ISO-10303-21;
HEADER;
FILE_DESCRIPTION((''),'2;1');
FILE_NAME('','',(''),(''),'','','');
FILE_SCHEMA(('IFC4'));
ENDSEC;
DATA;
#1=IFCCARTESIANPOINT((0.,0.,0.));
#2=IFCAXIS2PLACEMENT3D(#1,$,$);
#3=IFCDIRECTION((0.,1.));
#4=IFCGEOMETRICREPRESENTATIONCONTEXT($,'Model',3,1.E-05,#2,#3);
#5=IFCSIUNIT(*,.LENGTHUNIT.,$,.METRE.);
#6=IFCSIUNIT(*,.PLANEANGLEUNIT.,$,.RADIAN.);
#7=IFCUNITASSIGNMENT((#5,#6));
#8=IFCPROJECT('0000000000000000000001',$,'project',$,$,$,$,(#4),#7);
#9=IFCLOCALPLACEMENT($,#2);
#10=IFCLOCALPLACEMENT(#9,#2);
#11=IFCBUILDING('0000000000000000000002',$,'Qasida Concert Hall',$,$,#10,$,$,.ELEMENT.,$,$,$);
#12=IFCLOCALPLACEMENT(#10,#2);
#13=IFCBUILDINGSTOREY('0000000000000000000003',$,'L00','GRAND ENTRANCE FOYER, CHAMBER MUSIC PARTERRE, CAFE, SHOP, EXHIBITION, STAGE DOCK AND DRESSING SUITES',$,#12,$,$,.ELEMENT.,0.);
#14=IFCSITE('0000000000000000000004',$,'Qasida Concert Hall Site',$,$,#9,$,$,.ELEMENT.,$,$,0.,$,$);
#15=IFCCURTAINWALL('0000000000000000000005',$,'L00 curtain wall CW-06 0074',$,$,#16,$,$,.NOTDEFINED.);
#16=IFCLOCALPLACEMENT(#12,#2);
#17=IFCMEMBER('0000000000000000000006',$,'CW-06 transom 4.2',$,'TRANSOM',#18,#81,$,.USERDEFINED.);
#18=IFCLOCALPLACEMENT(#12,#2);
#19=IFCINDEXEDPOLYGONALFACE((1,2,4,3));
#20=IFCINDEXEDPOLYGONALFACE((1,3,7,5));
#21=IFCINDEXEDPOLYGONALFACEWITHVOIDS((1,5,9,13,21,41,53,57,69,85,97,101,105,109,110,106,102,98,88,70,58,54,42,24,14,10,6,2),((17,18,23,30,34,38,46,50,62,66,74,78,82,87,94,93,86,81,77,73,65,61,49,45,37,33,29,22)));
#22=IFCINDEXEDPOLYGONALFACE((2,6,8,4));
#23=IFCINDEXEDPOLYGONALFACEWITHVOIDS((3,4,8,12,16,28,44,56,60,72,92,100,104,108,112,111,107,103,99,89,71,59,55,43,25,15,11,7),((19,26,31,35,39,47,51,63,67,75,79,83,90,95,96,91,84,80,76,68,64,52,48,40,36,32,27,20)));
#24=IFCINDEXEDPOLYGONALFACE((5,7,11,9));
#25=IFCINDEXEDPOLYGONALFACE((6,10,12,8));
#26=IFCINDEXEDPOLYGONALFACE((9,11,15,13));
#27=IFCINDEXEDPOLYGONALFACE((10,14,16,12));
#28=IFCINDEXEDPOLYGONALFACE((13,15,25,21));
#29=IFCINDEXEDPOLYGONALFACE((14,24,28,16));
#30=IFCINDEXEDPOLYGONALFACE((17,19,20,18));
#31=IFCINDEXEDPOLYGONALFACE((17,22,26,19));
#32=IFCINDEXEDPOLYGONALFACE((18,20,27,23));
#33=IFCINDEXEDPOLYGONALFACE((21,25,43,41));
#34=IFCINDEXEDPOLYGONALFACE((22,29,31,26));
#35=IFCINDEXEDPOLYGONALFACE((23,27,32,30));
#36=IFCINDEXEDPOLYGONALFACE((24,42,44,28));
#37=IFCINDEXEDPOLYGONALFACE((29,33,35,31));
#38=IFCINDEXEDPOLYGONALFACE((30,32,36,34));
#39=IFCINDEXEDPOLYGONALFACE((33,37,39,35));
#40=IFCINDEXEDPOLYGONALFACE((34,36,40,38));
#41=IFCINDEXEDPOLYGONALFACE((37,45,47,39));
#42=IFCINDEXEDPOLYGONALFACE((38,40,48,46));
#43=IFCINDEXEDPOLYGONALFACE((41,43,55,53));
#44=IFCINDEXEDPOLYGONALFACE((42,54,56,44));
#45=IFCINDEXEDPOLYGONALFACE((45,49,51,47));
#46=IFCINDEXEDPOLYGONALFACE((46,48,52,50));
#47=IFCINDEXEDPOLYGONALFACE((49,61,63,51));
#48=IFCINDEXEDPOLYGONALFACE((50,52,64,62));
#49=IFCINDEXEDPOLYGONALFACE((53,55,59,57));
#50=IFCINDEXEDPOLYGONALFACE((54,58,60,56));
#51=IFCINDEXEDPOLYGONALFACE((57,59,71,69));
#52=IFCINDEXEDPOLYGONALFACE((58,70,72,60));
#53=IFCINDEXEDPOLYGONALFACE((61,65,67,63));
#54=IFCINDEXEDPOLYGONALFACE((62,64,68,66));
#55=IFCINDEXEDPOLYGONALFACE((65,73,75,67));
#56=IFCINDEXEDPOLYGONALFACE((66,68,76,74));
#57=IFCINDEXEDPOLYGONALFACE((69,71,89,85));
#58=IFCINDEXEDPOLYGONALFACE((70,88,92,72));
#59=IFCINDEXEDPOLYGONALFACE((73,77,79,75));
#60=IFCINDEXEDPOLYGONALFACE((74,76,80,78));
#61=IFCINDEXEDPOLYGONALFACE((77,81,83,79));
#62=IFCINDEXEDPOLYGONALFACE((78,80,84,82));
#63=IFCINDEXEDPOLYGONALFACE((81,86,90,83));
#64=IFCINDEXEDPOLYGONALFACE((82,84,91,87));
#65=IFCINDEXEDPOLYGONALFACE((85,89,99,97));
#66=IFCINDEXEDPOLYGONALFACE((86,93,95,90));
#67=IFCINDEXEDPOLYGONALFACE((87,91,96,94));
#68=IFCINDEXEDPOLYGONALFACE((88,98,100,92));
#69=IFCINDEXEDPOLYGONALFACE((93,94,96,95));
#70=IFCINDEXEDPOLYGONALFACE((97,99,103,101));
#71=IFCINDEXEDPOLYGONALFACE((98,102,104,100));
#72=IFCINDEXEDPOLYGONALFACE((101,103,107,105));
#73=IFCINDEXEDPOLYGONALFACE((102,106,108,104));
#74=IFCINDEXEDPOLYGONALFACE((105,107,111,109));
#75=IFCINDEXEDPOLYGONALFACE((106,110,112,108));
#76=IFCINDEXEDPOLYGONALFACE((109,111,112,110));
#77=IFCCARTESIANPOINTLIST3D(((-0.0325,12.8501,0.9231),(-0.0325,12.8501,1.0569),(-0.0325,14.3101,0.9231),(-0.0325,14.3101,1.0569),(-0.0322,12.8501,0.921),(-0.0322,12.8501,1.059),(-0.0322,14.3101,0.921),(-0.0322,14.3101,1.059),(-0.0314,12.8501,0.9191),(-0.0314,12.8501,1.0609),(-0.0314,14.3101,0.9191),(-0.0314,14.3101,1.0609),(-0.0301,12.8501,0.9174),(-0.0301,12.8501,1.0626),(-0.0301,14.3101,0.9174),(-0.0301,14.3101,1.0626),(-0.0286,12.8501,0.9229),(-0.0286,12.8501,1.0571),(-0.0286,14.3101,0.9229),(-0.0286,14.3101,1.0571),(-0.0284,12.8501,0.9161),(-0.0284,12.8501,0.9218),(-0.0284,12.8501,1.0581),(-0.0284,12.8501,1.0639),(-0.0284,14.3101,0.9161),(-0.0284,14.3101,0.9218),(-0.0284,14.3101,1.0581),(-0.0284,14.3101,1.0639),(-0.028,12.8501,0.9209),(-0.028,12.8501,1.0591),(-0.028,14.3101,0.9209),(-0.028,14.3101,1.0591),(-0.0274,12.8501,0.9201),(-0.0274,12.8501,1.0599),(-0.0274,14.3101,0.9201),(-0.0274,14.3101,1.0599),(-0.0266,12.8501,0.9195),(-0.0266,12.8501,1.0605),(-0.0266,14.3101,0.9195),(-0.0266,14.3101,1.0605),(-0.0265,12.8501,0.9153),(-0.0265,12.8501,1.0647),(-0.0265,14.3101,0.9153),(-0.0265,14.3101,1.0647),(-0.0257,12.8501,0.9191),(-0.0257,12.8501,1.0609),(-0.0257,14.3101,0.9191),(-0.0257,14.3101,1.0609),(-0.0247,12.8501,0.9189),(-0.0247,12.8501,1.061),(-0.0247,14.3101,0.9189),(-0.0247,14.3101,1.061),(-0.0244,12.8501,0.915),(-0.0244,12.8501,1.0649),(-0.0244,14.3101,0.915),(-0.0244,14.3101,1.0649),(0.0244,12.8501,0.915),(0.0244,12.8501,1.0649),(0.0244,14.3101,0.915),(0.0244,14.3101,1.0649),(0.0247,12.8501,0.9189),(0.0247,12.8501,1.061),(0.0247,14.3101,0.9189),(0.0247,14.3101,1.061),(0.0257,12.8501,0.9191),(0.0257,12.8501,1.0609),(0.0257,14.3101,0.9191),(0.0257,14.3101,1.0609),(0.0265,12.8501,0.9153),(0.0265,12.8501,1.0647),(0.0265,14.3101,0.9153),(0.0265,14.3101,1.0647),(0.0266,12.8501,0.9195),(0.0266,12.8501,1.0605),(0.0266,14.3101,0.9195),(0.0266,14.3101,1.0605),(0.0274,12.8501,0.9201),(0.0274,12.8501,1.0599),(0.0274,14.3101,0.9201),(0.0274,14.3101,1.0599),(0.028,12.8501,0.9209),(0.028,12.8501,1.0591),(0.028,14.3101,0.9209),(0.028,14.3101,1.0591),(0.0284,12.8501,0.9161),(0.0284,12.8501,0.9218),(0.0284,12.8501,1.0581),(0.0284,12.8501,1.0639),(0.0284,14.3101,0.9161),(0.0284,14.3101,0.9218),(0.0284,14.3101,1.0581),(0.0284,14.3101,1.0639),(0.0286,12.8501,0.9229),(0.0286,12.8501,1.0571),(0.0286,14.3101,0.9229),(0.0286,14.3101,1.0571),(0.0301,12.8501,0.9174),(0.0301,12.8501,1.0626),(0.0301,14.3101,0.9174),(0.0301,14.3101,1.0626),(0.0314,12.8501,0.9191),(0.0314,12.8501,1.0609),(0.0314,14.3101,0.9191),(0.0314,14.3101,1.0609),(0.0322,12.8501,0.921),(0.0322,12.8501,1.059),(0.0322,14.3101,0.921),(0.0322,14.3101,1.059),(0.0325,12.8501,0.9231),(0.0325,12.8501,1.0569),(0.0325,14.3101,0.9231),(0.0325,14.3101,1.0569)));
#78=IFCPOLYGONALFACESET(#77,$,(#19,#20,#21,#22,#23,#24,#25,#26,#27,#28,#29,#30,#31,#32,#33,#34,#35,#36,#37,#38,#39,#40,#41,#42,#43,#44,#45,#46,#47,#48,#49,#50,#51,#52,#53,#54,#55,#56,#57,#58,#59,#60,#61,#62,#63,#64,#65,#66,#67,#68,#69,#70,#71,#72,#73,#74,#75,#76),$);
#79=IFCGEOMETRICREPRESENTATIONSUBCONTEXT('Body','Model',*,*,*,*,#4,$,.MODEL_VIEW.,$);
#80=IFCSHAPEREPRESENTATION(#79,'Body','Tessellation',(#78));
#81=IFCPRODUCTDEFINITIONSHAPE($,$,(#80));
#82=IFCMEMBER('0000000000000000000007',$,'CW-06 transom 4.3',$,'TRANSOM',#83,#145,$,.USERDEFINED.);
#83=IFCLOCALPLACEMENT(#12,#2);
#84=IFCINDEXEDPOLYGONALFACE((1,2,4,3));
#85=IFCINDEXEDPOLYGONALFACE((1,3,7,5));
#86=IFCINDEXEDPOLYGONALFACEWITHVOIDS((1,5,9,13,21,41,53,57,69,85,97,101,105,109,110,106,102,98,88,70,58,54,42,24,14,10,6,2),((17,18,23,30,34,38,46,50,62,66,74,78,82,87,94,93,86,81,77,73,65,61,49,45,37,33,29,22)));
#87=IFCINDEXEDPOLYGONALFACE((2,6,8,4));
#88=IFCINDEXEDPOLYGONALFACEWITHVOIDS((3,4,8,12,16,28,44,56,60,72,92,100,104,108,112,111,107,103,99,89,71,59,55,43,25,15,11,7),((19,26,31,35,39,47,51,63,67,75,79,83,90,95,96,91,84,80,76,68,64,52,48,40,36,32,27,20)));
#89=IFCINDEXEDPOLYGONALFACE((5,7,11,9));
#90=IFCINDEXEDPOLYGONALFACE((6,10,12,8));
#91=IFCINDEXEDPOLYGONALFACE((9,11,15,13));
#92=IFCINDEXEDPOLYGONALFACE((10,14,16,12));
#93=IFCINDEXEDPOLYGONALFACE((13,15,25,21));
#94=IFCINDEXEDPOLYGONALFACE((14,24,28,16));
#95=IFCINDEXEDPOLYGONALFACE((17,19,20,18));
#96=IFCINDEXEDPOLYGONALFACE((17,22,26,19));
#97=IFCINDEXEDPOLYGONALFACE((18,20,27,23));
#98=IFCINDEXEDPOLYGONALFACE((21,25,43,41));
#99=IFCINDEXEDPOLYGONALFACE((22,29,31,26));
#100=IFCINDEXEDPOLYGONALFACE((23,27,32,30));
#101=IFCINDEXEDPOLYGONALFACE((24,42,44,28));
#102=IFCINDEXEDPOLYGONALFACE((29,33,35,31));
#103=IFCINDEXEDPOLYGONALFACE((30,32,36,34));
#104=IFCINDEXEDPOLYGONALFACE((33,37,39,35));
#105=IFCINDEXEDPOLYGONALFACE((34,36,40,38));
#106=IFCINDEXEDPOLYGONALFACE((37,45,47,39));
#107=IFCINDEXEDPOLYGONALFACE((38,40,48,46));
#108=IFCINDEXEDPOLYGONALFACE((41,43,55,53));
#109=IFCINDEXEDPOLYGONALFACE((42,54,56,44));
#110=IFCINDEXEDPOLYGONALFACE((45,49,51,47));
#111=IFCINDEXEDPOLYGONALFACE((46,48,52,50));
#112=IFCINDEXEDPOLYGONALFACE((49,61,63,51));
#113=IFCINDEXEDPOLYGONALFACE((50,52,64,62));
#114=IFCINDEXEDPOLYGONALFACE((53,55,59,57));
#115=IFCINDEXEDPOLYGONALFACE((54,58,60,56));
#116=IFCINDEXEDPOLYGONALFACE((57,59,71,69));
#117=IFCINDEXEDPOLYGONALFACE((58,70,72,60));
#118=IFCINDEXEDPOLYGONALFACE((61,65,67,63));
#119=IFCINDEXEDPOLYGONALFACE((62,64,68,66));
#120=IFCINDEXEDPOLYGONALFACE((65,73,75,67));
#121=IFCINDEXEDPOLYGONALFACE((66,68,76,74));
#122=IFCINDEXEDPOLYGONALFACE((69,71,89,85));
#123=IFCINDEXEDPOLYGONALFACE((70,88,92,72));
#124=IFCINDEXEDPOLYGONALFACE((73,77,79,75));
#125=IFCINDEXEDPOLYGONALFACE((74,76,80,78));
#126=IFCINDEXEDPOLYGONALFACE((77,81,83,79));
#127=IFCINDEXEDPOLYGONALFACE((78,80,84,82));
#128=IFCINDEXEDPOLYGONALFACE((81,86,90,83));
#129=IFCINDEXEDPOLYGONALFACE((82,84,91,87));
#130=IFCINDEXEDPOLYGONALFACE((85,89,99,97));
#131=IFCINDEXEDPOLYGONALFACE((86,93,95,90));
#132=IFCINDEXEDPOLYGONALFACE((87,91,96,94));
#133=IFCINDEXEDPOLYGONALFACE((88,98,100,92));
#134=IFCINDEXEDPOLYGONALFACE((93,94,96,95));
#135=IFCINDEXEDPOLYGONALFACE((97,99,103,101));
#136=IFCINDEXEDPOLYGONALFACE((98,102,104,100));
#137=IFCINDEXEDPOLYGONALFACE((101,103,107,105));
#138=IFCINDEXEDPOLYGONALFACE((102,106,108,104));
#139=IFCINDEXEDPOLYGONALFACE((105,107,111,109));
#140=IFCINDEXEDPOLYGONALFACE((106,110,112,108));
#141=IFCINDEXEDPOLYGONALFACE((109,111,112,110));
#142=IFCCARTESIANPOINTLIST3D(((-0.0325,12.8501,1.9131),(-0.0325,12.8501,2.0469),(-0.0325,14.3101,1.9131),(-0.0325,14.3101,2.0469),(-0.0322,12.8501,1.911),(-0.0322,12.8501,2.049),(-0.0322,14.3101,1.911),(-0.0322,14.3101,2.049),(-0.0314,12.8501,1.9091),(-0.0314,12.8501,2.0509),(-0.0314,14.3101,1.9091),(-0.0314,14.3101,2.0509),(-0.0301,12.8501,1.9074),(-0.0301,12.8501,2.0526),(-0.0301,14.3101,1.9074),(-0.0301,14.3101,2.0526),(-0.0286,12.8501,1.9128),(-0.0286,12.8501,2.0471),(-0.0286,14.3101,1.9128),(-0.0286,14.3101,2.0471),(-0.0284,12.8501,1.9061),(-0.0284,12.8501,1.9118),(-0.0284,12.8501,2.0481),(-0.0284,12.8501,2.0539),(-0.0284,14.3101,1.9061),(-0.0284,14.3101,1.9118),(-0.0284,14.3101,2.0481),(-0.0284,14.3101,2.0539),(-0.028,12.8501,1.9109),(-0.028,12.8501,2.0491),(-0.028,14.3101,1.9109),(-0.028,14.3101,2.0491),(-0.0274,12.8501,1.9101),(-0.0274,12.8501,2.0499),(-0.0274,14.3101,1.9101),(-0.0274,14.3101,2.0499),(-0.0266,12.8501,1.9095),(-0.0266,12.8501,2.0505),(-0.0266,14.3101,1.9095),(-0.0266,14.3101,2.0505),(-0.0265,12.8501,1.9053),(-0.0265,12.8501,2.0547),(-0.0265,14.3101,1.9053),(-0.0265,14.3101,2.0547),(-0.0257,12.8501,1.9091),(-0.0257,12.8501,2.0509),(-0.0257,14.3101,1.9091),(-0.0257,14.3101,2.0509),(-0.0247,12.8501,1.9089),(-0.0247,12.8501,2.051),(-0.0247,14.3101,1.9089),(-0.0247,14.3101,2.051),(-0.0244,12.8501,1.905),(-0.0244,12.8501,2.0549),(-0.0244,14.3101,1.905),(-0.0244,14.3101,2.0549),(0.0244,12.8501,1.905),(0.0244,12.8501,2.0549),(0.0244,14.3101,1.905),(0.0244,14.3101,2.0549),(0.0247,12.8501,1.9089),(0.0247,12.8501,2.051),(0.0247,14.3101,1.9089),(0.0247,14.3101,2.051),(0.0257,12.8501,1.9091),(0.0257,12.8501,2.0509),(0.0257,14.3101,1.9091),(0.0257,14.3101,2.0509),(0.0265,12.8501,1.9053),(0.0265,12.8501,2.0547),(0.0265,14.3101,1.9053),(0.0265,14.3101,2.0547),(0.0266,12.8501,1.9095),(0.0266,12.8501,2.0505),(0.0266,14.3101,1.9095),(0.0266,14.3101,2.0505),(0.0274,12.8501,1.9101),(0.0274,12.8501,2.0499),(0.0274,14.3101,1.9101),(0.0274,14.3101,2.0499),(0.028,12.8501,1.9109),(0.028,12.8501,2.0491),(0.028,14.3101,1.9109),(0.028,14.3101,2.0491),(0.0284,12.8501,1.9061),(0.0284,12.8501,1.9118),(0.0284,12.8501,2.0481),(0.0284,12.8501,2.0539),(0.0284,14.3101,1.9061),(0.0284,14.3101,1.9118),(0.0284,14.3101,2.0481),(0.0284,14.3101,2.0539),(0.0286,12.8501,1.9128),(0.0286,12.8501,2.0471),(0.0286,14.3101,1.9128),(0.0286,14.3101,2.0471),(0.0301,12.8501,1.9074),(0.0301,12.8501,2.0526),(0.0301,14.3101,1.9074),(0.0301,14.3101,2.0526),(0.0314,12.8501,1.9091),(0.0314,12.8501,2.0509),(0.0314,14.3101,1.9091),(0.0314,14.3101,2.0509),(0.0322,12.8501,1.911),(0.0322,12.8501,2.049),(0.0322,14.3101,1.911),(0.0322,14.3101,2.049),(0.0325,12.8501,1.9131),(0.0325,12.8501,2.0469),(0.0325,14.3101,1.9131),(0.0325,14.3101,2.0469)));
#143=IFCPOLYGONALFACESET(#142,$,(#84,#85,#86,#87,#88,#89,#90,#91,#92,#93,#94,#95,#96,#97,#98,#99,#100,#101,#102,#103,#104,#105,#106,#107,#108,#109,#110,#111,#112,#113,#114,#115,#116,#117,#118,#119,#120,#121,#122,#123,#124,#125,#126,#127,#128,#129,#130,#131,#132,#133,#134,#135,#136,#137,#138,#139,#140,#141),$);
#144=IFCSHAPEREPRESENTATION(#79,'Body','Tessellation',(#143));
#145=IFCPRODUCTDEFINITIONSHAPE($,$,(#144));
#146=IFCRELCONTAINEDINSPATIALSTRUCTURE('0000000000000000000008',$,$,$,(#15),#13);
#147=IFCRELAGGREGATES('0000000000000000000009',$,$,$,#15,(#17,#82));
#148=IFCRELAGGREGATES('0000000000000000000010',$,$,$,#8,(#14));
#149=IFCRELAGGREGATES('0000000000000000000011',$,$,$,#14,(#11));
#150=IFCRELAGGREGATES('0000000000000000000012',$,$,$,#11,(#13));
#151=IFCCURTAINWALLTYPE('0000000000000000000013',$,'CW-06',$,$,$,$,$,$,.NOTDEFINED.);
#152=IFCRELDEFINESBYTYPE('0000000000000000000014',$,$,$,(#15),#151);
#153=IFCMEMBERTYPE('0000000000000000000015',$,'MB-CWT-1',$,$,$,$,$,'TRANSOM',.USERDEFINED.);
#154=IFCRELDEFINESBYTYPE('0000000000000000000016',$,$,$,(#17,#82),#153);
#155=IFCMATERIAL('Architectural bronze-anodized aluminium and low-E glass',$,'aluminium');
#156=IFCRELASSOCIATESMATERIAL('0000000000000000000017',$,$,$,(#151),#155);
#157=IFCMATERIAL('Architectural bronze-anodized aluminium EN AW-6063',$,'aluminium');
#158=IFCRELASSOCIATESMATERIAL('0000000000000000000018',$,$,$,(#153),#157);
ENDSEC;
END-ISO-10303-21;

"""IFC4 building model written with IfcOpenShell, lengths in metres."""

from ifc_helpers import new_model, si_unit, direction, frame, origin, origin_2d, place, context, subcontext, project, spatial, hollow_rectangle, extrude, material, material_profile, profile_set, type_object, element, aggregate, save


model = new_model("IFC4")

# Units and contexts
model_context = context("Model", 3, precision=1e-05, world=origin(), true_north=direction((0.0, 1.0)))
body_context = subcontext(model_context, "Body", "Model", "MODEL_VIEW")
ifc_project = project(units=[si_unit("LENGTHUNIT", "METRE"), si_unit("PLANEANGLEUNIT", "RADIAN")], contexts=[model_context])

# Site, building, storey
site_placement = place(None, origin())
site = spatial("IfcSite", under=ifc_project, at=site_placement, Name="Qasida Concert Hall Site", CompositionType="ELEMENT", RefElevation=0.0)
building_placement = place(site_placement, origin())
building = spatial("IfcBuilding", under=site, at=building_placement, Name="Qasida Concert Hall", CompositionType="ELEMENT")
storey_placement = place(building_placement, origin())
storey = spatial("IfcBuildingStorey", under=building, at=storey_placement, Name="L00", Description="GRAND ENTRANCE FOYER, CHAMBER MUSIC PARTERRE, CAFE, SHOP, EXHIBITION, STAGE DOCK AND DRESSING SUITES", CompositionType="ELEMENT", Elevation=0.0)

# Curtain wall, members
ifc_material_1 = material(Name="Architectural bronze-anodized aluminium and low-E glass", Category="aluminium")
curtain_wall_type = type_object("IfcCurtainWallType", Name="CW-06", PredefinedType="NOTDEFINED", material=ifc_material_1)
curtain_wall_placement = place(storey_placement, origin())
curtain_wall = element("IfcCurtainWall", 1, at=curtain_wall_placement, inside=storey, type_object=curtain_wall_type, Name="L00 curtain wall CW-06 0074", PredefinedType="NOTDEFINED")
ifc_material_2 = material(Name="Architectural bronze-anodized aluminium EN AW-6063", Category="aluminium")
ifc_material_profile_1 = material_profile(ifc_material_2, hollow_rectangle(XDim=0.0649, YDim=0.1499, WallThickness=0.0039, InnerFilletRadius=0.0039, OuterFilletRadius=0.0081, at=origin_2d()), Name="CWT 150x65x4")
ifc_profile_set_1 = profile_set([ifc_material_profile_1], Name="Architectural bronze-anodized aluminium EN AW-6063")
member_type_1 = type_object("IfcMemberType", Name="MB-CWT-1", ElementType="TRANSOM", PredefinedType="USERDEFINED", material=ifc_profile_set_1)
member_1_placement = place(storey_placement, frame((0.0, 12.8501, 0.99), z_axis=(0.0, 1.0, 0.0), x_axis=(-1.0, 0.0, 0.0)))
member_1 = element("IfcMember", 2, at=member_1_placement, type_object=member_type_1, Name="CW-06 transom 4.2", ObjectType="TRANSOM", PredefinedType="USERDEFINED", context=body_context, shape_type="SweptSolid", body=[
    extrude(hollow_rectangle(XDim=0.0649, YDim=0.1499, WallThickness=0.0039, InnerFilletRadius=0.0039, OuterFilletRadius=0.0081, at=origin_2d()), origin(), (0.0, 0.0, 1.0), 1.46),
])
member_2_placement = place(storey_placement, frame((0.0, 12.8501, 1.98), z_axis=(0.0, 1.0, 0.0), x_axis=(-1.0, 0.0, 0.0)))
member_2 = element("IfcMember", 3, at=member_2_placement, type_object=member_type_1, Name="CW-06 transom 4.3", ObjectType="TRANSOM", PredefinedType="USERDEFINED", context=body_context, shape_type="SweptSolid", body=[
    extrude(hollow_rectangle(XDim=0.0649, YDim=0.1499, WallThickness=0.0039, InnerFilletRadius=0.0039, OuterFilletRadius=0.0081, at=origin_2d()), origin(), (0.0, 0.0, 1.0), 1.46),
])
aggregate(curtain_wall, [member_1, member_2])

save(model, "model.ifc")
